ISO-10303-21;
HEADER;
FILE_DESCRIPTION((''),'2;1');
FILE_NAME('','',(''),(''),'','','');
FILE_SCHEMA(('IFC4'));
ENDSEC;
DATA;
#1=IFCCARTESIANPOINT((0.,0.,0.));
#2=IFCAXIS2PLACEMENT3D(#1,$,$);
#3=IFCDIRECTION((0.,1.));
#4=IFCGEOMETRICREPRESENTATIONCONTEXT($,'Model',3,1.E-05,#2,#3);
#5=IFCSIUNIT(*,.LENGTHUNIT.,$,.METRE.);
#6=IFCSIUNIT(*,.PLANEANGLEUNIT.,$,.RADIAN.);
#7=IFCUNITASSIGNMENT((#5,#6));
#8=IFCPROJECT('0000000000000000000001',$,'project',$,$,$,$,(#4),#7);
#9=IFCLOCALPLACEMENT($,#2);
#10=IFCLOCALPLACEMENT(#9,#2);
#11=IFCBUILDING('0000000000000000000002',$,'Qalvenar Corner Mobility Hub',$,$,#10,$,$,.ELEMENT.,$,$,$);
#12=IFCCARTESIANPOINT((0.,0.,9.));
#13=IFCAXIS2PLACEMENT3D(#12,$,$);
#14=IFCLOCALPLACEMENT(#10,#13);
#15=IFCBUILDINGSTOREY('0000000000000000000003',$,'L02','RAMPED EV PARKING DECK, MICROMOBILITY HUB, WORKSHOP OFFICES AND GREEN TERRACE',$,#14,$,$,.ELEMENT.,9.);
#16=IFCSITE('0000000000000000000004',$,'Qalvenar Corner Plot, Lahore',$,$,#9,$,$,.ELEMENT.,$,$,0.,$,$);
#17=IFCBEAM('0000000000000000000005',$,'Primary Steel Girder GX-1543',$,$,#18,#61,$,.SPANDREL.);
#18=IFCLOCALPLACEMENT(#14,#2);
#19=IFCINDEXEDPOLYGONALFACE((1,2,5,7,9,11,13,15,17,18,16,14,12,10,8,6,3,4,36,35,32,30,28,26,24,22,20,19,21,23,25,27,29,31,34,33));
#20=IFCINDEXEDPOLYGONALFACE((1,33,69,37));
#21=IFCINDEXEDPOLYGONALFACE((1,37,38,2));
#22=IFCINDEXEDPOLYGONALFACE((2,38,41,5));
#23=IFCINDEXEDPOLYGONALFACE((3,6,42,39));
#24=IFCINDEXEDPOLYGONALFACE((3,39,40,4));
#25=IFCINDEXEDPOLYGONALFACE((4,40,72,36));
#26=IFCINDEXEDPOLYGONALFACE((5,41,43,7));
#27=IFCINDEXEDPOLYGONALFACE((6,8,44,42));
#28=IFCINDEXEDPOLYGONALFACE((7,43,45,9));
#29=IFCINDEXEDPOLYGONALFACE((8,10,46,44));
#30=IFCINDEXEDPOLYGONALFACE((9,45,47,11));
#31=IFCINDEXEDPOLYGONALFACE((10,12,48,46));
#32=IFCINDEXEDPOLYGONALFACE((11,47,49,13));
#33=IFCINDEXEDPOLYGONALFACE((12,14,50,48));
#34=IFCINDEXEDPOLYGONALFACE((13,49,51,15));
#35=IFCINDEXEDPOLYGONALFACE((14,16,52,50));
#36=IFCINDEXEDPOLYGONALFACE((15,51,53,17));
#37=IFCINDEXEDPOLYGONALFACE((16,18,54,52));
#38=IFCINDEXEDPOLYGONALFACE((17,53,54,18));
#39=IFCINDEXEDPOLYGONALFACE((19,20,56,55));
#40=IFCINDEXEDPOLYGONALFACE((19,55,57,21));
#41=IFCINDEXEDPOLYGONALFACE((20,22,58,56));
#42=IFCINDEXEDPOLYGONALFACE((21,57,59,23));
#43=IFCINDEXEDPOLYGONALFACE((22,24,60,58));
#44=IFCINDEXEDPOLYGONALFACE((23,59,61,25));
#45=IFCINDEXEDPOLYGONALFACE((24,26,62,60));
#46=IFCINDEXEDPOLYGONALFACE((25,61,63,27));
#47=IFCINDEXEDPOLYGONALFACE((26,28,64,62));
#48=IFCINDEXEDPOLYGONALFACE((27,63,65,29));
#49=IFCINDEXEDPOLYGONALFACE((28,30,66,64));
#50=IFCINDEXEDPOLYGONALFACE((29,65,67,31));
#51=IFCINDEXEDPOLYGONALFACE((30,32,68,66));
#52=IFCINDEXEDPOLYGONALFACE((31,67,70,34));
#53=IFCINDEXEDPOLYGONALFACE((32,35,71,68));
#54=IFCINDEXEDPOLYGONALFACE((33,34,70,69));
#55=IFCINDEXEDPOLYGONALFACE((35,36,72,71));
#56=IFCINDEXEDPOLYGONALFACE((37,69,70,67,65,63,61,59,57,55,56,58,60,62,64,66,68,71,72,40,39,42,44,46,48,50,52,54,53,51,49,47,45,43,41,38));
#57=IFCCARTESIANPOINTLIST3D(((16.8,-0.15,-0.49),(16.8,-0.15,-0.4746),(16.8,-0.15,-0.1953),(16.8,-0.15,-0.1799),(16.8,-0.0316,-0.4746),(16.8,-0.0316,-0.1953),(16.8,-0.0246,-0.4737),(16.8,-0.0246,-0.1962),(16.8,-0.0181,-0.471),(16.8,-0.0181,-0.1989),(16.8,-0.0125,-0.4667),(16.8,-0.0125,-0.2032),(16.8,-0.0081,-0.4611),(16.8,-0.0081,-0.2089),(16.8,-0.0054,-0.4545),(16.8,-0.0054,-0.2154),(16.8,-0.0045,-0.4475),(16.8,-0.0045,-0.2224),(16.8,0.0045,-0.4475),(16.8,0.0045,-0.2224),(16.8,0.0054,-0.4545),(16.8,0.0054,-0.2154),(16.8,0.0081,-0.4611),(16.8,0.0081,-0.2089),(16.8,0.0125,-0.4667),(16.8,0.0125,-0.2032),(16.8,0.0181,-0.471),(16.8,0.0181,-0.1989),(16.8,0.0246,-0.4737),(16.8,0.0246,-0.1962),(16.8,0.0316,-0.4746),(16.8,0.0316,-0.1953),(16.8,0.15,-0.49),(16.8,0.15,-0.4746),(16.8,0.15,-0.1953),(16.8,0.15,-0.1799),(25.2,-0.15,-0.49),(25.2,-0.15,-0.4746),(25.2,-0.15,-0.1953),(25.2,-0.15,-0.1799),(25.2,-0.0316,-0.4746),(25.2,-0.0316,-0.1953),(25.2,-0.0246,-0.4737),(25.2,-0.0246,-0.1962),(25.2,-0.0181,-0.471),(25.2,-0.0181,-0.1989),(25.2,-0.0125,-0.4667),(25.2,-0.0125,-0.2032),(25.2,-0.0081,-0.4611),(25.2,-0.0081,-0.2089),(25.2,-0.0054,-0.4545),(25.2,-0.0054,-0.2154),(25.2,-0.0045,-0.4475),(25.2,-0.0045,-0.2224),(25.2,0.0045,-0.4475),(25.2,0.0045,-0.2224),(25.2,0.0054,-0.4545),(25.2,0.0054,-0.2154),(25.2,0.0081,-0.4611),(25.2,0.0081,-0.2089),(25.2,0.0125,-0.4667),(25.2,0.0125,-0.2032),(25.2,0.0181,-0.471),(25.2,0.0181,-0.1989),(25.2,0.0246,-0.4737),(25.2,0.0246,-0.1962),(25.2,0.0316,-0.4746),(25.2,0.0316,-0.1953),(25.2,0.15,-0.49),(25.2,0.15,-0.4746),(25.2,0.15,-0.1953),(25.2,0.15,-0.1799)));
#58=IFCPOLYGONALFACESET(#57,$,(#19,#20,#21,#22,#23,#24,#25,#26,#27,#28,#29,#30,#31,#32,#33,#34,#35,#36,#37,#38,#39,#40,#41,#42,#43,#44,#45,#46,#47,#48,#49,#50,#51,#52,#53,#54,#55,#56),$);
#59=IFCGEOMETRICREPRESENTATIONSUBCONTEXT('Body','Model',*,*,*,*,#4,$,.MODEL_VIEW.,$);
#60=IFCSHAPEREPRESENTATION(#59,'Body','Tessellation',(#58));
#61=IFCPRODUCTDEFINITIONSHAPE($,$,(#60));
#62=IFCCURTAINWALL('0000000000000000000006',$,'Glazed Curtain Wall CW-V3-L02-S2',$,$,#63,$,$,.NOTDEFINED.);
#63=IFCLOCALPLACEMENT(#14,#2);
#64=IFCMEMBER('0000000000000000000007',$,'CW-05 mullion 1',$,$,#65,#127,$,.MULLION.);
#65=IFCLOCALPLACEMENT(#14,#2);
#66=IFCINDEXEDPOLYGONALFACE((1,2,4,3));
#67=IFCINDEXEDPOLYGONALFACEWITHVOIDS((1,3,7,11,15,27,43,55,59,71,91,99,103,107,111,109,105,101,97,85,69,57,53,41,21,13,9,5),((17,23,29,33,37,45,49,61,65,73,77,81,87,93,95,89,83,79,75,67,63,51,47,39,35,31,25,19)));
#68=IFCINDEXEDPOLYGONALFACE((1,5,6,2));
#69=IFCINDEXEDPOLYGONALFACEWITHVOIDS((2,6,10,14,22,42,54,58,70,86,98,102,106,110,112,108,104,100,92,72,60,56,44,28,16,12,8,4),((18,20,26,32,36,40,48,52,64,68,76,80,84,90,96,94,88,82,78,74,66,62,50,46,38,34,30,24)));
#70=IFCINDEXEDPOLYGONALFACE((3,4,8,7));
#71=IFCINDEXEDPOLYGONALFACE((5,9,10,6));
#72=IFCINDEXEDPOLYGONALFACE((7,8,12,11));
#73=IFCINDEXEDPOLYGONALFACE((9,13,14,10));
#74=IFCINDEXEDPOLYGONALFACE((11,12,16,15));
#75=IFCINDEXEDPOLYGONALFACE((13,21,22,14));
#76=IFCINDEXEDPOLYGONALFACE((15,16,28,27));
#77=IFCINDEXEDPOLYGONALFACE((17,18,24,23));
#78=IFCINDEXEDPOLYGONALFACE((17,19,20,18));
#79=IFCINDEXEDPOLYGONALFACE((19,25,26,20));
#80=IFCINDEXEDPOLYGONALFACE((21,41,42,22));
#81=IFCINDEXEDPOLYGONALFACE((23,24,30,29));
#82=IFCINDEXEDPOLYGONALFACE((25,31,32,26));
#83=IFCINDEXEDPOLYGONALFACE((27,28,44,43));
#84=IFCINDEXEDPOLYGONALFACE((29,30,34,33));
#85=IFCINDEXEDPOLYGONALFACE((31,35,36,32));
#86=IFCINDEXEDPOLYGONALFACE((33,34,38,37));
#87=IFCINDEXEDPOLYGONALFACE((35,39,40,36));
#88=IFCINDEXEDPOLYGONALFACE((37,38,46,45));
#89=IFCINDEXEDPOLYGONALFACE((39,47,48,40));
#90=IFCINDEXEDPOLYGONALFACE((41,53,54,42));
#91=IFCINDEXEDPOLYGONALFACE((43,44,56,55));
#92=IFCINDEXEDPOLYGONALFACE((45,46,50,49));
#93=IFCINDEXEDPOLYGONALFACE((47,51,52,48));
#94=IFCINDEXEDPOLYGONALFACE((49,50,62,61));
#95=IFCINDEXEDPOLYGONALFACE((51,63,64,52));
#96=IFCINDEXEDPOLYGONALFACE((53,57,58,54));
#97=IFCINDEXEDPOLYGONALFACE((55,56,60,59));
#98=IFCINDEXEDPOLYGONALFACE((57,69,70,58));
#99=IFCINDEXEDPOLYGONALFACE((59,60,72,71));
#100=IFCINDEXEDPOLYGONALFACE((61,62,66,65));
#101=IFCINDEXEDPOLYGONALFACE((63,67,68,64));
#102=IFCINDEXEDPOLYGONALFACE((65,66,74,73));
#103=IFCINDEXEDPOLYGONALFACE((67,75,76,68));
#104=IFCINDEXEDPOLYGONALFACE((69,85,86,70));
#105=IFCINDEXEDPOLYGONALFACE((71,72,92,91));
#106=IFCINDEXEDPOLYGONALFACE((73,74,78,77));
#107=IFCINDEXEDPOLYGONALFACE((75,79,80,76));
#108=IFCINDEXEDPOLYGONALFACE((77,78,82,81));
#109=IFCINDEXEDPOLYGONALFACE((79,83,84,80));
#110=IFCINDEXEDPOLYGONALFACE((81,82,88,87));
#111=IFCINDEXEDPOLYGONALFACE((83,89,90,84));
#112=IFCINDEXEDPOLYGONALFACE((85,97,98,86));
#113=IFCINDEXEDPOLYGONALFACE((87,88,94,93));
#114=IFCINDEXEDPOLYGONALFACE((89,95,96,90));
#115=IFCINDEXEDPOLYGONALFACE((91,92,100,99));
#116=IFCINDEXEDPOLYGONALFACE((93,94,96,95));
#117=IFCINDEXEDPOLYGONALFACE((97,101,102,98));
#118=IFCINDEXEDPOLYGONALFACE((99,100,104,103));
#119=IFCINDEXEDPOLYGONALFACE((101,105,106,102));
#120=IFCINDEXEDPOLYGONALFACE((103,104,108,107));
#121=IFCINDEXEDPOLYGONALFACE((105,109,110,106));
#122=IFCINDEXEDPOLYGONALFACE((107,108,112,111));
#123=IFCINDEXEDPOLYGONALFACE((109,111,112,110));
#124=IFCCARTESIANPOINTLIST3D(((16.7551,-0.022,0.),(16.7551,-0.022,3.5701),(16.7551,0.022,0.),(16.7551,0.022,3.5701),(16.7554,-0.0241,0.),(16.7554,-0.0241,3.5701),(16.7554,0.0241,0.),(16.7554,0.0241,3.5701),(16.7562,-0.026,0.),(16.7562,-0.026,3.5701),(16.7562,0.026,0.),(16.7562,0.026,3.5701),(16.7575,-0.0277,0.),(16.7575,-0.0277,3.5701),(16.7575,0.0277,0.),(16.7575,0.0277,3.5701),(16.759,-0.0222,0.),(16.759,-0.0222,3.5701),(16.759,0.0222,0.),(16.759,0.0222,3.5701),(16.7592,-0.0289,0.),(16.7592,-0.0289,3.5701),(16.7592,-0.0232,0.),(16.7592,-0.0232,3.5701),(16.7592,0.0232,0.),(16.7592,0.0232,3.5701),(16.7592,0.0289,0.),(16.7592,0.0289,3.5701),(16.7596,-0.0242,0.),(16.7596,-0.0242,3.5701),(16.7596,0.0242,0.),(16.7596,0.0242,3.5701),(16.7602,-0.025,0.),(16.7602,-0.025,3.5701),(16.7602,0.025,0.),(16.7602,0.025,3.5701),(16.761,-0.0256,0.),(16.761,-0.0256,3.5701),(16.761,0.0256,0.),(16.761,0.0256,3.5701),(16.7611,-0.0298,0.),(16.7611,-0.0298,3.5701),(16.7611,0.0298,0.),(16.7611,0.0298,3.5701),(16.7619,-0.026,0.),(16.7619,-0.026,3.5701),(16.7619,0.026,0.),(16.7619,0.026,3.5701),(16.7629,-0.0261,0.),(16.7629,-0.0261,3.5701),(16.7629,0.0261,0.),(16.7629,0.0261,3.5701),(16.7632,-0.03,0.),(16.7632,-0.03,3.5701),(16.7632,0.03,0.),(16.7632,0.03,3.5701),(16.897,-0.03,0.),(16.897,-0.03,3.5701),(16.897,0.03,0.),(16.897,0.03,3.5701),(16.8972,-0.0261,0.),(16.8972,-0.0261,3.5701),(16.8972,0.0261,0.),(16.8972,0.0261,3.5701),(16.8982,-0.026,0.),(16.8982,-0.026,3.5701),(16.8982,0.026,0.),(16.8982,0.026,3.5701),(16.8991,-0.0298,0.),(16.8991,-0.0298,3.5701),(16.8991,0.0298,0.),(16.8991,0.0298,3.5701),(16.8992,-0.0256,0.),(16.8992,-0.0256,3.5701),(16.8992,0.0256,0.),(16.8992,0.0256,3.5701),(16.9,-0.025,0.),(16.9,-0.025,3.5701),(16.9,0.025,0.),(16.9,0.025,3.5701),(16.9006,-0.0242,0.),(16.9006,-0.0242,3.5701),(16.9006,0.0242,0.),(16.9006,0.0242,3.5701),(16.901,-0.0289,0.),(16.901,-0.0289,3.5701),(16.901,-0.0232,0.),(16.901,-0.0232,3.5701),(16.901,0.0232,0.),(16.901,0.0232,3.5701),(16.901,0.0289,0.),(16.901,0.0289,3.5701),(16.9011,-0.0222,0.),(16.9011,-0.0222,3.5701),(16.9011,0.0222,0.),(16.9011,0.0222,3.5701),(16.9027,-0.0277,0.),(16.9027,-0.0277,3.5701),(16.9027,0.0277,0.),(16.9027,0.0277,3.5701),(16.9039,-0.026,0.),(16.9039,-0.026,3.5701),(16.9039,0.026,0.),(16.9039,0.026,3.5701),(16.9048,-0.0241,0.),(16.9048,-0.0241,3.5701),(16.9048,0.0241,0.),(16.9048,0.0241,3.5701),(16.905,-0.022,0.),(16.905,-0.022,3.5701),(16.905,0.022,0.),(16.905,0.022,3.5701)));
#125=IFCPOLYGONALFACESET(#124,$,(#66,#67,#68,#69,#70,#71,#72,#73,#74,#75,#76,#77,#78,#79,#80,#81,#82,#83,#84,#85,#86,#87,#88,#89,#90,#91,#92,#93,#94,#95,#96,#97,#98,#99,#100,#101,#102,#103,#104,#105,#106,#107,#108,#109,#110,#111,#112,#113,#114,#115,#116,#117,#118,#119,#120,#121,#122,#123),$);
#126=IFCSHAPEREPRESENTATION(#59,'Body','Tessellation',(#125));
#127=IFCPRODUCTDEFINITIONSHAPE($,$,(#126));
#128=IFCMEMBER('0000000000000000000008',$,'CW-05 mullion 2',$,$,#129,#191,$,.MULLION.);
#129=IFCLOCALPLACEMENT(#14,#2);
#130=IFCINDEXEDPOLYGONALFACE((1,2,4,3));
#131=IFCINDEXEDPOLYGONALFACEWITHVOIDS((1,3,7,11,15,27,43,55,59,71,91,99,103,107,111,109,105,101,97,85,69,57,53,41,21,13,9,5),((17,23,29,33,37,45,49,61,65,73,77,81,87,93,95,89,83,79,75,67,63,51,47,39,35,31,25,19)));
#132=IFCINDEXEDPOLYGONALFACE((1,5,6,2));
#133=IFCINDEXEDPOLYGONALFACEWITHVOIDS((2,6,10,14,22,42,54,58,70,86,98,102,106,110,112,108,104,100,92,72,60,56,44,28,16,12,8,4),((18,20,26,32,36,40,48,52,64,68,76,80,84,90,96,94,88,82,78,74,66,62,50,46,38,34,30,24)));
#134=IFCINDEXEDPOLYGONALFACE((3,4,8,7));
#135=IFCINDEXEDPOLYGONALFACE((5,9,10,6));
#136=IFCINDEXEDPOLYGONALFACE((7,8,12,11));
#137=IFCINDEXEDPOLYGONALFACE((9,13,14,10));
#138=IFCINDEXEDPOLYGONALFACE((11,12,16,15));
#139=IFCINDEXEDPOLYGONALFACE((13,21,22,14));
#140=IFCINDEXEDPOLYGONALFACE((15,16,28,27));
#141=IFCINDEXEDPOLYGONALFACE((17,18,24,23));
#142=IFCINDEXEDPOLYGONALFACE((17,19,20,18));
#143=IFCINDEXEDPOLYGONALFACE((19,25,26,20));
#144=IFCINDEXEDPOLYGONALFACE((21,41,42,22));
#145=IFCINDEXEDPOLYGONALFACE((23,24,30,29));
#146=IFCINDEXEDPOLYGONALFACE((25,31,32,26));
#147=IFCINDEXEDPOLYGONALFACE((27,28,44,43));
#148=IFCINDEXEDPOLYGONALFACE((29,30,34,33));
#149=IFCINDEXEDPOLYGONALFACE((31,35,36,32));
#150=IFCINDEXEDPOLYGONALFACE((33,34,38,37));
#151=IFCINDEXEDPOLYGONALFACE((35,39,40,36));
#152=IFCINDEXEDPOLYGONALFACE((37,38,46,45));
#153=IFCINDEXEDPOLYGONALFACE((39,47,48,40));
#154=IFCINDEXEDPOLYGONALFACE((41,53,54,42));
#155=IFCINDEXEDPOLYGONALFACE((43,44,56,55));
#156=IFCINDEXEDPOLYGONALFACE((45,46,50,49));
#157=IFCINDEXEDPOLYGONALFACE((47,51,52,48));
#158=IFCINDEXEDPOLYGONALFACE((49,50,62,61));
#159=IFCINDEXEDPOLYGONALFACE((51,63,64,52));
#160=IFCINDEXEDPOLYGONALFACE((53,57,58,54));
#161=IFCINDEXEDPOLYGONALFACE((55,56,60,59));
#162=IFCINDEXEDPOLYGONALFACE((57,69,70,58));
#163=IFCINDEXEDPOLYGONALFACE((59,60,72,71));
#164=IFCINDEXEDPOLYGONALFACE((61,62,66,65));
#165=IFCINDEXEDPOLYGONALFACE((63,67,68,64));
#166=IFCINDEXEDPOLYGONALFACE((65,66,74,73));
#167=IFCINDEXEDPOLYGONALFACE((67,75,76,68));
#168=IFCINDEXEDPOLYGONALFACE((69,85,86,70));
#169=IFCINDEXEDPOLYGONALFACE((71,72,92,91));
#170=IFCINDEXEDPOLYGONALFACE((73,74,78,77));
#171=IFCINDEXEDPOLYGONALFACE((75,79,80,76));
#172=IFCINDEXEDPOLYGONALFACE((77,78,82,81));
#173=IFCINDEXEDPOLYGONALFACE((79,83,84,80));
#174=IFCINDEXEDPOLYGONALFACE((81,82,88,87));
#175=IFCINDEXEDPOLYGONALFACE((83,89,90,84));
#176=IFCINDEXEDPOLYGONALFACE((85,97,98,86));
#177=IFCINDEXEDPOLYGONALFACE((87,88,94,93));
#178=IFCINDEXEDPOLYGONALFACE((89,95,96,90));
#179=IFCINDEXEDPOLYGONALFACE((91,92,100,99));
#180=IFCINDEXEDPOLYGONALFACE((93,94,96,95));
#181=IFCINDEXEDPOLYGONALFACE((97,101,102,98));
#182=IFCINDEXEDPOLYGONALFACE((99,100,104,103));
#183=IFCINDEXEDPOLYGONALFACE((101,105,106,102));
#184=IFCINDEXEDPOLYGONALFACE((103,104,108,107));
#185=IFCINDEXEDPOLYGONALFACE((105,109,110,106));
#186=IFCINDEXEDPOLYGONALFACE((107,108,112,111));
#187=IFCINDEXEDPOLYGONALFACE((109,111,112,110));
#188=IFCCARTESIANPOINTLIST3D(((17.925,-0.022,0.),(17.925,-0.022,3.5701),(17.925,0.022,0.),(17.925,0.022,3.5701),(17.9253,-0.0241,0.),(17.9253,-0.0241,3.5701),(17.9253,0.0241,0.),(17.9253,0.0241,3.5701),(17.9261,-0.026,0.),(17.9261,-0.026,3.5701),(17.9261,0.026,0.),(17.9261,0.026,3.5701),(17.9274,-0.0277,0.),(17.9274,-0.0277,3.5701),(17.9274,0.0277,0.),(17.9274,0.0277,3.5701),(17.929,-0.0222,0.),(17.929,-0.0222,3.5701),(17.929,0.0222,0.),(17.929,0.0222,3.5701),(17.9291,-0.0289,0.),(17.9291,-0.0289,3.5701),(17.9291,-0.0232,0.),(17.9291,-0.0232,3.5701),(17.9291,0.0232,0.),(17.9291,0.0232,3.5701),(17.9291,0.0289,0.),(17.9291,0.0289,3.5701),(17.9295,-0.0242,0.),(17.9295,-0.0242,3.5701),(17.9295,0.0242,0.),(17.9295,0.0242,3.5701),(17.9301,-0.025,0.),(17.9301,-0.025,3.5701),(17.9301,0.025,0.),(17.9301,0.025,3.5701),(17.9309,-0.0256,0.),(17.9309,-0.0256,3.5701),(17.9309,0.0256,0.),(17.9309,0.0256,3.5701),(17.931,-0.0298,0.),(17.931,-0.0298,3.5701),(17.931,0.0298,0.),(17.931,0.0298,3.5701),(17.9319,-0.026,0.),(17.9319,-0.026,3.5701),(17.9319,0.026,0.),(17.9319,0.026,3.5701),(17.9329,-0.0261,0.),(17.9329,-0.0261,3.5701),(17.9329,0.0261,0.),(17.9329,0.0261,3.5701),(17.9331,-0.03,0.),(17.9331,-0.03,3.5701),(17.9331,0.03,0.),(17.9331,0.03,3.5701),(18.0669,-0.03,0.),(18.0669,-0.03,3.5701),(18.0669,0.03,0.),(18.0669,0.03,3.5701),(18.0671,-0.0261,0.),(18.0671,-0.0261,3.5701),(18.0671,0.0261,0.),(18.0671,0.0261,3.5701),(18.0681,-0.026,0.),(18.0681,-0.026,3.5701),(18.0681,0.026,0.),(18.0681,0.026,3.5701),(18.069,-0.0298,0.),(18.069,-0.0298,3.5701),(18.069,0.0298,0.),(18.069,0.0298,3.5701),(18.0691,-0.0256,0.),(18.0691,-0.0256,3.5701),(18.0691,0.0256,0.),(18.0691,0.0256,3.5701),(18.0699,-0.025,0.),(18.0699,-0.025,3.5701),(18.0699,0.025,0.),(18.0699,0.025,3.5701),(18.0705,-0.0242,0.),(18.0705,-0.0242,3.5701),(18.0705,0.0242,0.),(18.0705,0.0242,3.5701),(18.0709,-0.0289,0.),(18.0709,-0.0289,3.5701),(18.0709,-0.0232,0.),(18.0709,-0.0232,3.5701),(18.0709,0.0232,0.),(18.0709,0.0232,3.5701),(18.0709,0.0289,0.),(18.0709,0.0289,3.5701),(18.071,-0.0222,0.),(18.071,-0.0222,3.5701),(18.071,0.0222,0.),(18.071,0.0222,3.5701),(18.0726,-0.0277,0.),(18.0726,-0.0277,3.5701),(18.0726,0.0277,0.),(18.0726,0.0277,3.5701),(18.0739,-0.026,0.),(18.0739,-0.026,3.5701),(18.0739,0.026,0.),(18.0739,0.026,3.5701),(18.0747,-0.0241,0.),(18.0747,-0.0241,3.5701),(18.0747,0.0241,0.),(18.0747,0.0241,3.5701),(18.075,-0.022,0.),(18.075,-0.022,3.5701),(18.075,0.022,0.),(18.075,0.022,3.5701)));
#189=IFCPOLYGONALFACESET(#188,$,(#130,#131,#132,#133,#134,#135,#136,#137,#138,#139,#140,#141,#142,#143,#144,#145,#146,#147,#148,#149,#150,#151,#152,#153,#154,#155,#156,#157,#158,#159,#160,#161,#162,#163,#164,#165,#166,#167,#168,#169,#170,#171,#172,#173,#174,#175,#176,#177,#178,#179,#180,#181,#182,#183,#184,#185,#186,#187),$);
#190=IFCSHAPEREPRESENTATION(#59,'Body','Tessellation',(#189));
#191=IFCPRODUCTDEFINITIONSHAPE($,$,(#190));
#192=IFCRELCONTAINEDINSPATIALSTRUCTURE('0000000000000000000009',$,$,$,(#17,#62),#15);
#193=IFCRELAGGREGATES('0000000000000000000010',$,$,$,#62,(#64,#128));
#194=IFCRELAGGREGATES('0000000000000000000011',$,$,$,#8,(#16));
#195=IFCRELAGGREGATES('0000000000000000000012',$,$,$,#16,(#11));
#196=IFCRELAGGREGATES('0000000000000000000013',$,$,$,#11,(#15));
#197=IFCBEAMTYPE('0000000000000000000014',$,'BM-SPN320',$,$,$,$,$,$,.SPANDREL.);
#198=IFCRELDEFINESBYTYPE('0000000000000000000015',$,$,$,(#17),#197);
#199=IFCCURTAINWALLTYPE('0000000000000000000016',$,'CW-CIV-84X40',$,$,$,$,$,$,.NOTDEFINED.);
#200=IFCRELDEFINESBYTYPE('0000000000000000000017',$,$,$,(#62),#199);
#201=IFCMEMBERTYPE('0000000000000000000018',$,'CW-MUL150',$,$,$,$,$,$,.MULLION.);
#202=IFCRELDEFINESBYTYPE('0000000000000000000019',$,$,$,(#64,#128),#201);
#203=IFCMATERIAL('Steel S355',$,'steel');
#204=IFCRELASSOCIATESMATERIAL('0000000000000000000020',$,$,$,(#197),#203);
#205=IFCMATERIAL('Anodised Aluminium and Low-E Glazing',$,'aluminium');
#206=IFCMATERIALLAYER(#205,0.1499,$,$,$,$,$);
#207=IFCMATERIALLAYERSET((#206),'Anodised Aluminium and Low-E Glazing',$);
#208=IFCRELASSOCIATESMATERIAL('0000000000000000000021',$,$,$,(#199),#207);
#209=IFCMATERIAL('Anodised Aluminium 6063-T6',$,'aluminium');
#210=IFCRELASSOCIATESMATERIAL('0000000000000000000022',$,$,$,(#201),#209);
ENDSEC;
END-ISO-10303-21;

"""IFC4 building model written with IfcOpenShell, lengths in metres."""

from ifc_helpers import new_model, si_unit, direction, frame, origin, origin_2d, place, context, subcontext, project, spatial, hollow_rectangle, i_section, extrude, material, layer, layer_set, material_profile, profile_set, type_object, element, aggregate, save


model = new_model("IFC4")

# Units and contexts
model_context = context("Model", 3, precision=1e-05, world=origin(), true_north=direction((0.0, 1.0)))
body_context = subcontext(model_context, "Body", "Model", "MODEL_VIEW")
ifc_project = project(units=[si_unit("LENGTHUNIT", "METRE"), si_unit("PLANEANGLEUNIT", "RADIAN")], contexts=[model_context])

# Site, building, storey
site_placement = place(None, origin())
site = spatial("IfcSite", under=ifc_project, at=site_placement, Name="Qalvenar Corner Plot, Lahore", CompositionType="ELEMENT", RefElevation=0.0)
building_placement = place(site_placement, origin())
building = spatial("IfcBuilding", under=site, at=building_placement, Name="Qalvenar Corner Mobility Hub", CompositionType="ELEMENT")
storey_placement = place(building_placement, frame((0.0, 0.0, 9.0)))
storey = spatial("IfcBuildingStorey", under=building, at=storey_placement, Name="L02", Description="RAMPED EV PARKING DECK, MICROMOBILITY HUB, WORKSHOP OFFICES AND GREEN TERRACE", CompositionType="ELEMENT", Elevation=9.0)

# Shared definitions
ifc_material_1 = material(Name="Steel S355", Category="steel")

# Beam
ifc_material_profile_1 = material_profile(ifc_material_1, i_section(OverallWidth=0.3, OverallDepth=0.3101, WebThickness=0.009, FlangeThickness=0.0154, FilletRadius=0.0271, at=origin_2d()), Name="HEA320")
ifc_profile_set_1 = profile_set([ifc_material_profile_1], Name="Steel S355")
beam_type_1 = type_object("IfcBeamType", Name="BM-SPN320", PredefinedType="SPANDREL", material=ifc_profile_set_1)
beam_1_placement = place(storey_placement, frame((16.8, 0.0, -0.335), z_axis=(1.0, 0.0, 0.0), x_axis=(0.0, 1.0, 0.0)))
element("IfcBeam", 1, at=beam_1_placement, inside=storey, type_object=beam_type_1, Name="Primary Steel Girder GX-1543", PredefinedType="SPANDREL", context=body_context, shape_type="SweptSolid", body=[
    extrude(i_section(OverallWidth=0.3, OverallDepth=0.3101, WebThickness=0.009, FlangeThickness=0.0154, FilletRadius=0.0271, at=origin_2d()), origin(), (0.0, 0.0, 1.0), 8.3999),
])

# Curtain wall, members
ifc_material_2 = material(Name="Anodised Aluminium and Low-E Glazing", Category="aluminium")
ifc_layer_1 = layer(ifc_material_2, 0.1499)
ifc_layer_set_1 = layer_set([ifc_layer_1], Name="Anodised Aluminium and Low-E Glazing")
curtain_wall_type = type_object("IfcCurtainWallType", Name="CW-CIV-84X40", PredefinedType="NOTDEFINED", material=ifc_layer_set_1)
curtain_wall_placement = place(storey_placement, origin())
curtain_wall = element("IfcCurtainWall", 2, at=curtain_wall_placement, inside=storey, type_object=curtain_wall_type, Name="Glazed Curtain Wall CW-V3-L02-S2", PredefinedType="NOTDEFINED")
ifc_material_3 = material(Name="Anodised Aluminium 6063-T6", Category="aluminium")
ifc_material_profile_2 = material_profile(ifc_material_3, hollow_rectangle(XDim=0.0601, YDim=0.1499, WallThickness=0.0039, InnerFilletRadius=0.0039, OuterFilletRadius=0.0081, at=origin_2d()), Name="RHS150x60x4")
ifc_profile_set_2 = profile_set([ifc_material_profile_2], Name="Anodised Aluminium 6063-T6")
member_type_1 = type_object("IfcMemberType", Name="CW-MUL150", PredefinedType="MULLION", material=ifc_profile_set_2)
member_1_placement = place(storey_placement, frame((16.8301, 0.0, 0.0), z_axis=(0.0, 0.0, 1.0), x_axis=(0.0, 1.0, 0.0)))
member_1 = element("IfcMember", 3, at=member_1_placement, type_object=member_type_1, Name="CW-05 mullion 1", PredefinedType="MULLION", context=body_context, shape_type="SweptSolid", body=[
    extrude(hollow_rectangle(XDim=0.0601, YDim=0.1499, WallThickness=0.0039, InnerFilletRadius=0.0039, OuterFilletRadius=0.0081, at=origin_2d()), origin(), (0.0, 0.0, 1.0), 3.5701),
])
member_2_placement = place(storey_placement, frame((18.0, 0.0, 0.0), z_axis=(0.0, 0.0, 1.0), x_axis=(0.0, 1.0, 0.0)))
member_2 = element("IfcMember", 4, at=member_2_placement, type_object=member_type_1, Name="CW-05 mullion 2", PredefinedType="MULLION", context=body_context, shape_type="SweptSolid", body=[
    extrude(hollow_rectangle(XDim=0.0601, YDim=0.1499, WallThickness=0.0039, InnerFilletRadius=0.0039, OuterFilletRadius=0.0081, at=origin_2d()), origin(), (0.0, 0.0, 1.0), 3.5701),
])
aggregate(curtain_wall, [member_1, member_2])

save(model, "model.ifc")
